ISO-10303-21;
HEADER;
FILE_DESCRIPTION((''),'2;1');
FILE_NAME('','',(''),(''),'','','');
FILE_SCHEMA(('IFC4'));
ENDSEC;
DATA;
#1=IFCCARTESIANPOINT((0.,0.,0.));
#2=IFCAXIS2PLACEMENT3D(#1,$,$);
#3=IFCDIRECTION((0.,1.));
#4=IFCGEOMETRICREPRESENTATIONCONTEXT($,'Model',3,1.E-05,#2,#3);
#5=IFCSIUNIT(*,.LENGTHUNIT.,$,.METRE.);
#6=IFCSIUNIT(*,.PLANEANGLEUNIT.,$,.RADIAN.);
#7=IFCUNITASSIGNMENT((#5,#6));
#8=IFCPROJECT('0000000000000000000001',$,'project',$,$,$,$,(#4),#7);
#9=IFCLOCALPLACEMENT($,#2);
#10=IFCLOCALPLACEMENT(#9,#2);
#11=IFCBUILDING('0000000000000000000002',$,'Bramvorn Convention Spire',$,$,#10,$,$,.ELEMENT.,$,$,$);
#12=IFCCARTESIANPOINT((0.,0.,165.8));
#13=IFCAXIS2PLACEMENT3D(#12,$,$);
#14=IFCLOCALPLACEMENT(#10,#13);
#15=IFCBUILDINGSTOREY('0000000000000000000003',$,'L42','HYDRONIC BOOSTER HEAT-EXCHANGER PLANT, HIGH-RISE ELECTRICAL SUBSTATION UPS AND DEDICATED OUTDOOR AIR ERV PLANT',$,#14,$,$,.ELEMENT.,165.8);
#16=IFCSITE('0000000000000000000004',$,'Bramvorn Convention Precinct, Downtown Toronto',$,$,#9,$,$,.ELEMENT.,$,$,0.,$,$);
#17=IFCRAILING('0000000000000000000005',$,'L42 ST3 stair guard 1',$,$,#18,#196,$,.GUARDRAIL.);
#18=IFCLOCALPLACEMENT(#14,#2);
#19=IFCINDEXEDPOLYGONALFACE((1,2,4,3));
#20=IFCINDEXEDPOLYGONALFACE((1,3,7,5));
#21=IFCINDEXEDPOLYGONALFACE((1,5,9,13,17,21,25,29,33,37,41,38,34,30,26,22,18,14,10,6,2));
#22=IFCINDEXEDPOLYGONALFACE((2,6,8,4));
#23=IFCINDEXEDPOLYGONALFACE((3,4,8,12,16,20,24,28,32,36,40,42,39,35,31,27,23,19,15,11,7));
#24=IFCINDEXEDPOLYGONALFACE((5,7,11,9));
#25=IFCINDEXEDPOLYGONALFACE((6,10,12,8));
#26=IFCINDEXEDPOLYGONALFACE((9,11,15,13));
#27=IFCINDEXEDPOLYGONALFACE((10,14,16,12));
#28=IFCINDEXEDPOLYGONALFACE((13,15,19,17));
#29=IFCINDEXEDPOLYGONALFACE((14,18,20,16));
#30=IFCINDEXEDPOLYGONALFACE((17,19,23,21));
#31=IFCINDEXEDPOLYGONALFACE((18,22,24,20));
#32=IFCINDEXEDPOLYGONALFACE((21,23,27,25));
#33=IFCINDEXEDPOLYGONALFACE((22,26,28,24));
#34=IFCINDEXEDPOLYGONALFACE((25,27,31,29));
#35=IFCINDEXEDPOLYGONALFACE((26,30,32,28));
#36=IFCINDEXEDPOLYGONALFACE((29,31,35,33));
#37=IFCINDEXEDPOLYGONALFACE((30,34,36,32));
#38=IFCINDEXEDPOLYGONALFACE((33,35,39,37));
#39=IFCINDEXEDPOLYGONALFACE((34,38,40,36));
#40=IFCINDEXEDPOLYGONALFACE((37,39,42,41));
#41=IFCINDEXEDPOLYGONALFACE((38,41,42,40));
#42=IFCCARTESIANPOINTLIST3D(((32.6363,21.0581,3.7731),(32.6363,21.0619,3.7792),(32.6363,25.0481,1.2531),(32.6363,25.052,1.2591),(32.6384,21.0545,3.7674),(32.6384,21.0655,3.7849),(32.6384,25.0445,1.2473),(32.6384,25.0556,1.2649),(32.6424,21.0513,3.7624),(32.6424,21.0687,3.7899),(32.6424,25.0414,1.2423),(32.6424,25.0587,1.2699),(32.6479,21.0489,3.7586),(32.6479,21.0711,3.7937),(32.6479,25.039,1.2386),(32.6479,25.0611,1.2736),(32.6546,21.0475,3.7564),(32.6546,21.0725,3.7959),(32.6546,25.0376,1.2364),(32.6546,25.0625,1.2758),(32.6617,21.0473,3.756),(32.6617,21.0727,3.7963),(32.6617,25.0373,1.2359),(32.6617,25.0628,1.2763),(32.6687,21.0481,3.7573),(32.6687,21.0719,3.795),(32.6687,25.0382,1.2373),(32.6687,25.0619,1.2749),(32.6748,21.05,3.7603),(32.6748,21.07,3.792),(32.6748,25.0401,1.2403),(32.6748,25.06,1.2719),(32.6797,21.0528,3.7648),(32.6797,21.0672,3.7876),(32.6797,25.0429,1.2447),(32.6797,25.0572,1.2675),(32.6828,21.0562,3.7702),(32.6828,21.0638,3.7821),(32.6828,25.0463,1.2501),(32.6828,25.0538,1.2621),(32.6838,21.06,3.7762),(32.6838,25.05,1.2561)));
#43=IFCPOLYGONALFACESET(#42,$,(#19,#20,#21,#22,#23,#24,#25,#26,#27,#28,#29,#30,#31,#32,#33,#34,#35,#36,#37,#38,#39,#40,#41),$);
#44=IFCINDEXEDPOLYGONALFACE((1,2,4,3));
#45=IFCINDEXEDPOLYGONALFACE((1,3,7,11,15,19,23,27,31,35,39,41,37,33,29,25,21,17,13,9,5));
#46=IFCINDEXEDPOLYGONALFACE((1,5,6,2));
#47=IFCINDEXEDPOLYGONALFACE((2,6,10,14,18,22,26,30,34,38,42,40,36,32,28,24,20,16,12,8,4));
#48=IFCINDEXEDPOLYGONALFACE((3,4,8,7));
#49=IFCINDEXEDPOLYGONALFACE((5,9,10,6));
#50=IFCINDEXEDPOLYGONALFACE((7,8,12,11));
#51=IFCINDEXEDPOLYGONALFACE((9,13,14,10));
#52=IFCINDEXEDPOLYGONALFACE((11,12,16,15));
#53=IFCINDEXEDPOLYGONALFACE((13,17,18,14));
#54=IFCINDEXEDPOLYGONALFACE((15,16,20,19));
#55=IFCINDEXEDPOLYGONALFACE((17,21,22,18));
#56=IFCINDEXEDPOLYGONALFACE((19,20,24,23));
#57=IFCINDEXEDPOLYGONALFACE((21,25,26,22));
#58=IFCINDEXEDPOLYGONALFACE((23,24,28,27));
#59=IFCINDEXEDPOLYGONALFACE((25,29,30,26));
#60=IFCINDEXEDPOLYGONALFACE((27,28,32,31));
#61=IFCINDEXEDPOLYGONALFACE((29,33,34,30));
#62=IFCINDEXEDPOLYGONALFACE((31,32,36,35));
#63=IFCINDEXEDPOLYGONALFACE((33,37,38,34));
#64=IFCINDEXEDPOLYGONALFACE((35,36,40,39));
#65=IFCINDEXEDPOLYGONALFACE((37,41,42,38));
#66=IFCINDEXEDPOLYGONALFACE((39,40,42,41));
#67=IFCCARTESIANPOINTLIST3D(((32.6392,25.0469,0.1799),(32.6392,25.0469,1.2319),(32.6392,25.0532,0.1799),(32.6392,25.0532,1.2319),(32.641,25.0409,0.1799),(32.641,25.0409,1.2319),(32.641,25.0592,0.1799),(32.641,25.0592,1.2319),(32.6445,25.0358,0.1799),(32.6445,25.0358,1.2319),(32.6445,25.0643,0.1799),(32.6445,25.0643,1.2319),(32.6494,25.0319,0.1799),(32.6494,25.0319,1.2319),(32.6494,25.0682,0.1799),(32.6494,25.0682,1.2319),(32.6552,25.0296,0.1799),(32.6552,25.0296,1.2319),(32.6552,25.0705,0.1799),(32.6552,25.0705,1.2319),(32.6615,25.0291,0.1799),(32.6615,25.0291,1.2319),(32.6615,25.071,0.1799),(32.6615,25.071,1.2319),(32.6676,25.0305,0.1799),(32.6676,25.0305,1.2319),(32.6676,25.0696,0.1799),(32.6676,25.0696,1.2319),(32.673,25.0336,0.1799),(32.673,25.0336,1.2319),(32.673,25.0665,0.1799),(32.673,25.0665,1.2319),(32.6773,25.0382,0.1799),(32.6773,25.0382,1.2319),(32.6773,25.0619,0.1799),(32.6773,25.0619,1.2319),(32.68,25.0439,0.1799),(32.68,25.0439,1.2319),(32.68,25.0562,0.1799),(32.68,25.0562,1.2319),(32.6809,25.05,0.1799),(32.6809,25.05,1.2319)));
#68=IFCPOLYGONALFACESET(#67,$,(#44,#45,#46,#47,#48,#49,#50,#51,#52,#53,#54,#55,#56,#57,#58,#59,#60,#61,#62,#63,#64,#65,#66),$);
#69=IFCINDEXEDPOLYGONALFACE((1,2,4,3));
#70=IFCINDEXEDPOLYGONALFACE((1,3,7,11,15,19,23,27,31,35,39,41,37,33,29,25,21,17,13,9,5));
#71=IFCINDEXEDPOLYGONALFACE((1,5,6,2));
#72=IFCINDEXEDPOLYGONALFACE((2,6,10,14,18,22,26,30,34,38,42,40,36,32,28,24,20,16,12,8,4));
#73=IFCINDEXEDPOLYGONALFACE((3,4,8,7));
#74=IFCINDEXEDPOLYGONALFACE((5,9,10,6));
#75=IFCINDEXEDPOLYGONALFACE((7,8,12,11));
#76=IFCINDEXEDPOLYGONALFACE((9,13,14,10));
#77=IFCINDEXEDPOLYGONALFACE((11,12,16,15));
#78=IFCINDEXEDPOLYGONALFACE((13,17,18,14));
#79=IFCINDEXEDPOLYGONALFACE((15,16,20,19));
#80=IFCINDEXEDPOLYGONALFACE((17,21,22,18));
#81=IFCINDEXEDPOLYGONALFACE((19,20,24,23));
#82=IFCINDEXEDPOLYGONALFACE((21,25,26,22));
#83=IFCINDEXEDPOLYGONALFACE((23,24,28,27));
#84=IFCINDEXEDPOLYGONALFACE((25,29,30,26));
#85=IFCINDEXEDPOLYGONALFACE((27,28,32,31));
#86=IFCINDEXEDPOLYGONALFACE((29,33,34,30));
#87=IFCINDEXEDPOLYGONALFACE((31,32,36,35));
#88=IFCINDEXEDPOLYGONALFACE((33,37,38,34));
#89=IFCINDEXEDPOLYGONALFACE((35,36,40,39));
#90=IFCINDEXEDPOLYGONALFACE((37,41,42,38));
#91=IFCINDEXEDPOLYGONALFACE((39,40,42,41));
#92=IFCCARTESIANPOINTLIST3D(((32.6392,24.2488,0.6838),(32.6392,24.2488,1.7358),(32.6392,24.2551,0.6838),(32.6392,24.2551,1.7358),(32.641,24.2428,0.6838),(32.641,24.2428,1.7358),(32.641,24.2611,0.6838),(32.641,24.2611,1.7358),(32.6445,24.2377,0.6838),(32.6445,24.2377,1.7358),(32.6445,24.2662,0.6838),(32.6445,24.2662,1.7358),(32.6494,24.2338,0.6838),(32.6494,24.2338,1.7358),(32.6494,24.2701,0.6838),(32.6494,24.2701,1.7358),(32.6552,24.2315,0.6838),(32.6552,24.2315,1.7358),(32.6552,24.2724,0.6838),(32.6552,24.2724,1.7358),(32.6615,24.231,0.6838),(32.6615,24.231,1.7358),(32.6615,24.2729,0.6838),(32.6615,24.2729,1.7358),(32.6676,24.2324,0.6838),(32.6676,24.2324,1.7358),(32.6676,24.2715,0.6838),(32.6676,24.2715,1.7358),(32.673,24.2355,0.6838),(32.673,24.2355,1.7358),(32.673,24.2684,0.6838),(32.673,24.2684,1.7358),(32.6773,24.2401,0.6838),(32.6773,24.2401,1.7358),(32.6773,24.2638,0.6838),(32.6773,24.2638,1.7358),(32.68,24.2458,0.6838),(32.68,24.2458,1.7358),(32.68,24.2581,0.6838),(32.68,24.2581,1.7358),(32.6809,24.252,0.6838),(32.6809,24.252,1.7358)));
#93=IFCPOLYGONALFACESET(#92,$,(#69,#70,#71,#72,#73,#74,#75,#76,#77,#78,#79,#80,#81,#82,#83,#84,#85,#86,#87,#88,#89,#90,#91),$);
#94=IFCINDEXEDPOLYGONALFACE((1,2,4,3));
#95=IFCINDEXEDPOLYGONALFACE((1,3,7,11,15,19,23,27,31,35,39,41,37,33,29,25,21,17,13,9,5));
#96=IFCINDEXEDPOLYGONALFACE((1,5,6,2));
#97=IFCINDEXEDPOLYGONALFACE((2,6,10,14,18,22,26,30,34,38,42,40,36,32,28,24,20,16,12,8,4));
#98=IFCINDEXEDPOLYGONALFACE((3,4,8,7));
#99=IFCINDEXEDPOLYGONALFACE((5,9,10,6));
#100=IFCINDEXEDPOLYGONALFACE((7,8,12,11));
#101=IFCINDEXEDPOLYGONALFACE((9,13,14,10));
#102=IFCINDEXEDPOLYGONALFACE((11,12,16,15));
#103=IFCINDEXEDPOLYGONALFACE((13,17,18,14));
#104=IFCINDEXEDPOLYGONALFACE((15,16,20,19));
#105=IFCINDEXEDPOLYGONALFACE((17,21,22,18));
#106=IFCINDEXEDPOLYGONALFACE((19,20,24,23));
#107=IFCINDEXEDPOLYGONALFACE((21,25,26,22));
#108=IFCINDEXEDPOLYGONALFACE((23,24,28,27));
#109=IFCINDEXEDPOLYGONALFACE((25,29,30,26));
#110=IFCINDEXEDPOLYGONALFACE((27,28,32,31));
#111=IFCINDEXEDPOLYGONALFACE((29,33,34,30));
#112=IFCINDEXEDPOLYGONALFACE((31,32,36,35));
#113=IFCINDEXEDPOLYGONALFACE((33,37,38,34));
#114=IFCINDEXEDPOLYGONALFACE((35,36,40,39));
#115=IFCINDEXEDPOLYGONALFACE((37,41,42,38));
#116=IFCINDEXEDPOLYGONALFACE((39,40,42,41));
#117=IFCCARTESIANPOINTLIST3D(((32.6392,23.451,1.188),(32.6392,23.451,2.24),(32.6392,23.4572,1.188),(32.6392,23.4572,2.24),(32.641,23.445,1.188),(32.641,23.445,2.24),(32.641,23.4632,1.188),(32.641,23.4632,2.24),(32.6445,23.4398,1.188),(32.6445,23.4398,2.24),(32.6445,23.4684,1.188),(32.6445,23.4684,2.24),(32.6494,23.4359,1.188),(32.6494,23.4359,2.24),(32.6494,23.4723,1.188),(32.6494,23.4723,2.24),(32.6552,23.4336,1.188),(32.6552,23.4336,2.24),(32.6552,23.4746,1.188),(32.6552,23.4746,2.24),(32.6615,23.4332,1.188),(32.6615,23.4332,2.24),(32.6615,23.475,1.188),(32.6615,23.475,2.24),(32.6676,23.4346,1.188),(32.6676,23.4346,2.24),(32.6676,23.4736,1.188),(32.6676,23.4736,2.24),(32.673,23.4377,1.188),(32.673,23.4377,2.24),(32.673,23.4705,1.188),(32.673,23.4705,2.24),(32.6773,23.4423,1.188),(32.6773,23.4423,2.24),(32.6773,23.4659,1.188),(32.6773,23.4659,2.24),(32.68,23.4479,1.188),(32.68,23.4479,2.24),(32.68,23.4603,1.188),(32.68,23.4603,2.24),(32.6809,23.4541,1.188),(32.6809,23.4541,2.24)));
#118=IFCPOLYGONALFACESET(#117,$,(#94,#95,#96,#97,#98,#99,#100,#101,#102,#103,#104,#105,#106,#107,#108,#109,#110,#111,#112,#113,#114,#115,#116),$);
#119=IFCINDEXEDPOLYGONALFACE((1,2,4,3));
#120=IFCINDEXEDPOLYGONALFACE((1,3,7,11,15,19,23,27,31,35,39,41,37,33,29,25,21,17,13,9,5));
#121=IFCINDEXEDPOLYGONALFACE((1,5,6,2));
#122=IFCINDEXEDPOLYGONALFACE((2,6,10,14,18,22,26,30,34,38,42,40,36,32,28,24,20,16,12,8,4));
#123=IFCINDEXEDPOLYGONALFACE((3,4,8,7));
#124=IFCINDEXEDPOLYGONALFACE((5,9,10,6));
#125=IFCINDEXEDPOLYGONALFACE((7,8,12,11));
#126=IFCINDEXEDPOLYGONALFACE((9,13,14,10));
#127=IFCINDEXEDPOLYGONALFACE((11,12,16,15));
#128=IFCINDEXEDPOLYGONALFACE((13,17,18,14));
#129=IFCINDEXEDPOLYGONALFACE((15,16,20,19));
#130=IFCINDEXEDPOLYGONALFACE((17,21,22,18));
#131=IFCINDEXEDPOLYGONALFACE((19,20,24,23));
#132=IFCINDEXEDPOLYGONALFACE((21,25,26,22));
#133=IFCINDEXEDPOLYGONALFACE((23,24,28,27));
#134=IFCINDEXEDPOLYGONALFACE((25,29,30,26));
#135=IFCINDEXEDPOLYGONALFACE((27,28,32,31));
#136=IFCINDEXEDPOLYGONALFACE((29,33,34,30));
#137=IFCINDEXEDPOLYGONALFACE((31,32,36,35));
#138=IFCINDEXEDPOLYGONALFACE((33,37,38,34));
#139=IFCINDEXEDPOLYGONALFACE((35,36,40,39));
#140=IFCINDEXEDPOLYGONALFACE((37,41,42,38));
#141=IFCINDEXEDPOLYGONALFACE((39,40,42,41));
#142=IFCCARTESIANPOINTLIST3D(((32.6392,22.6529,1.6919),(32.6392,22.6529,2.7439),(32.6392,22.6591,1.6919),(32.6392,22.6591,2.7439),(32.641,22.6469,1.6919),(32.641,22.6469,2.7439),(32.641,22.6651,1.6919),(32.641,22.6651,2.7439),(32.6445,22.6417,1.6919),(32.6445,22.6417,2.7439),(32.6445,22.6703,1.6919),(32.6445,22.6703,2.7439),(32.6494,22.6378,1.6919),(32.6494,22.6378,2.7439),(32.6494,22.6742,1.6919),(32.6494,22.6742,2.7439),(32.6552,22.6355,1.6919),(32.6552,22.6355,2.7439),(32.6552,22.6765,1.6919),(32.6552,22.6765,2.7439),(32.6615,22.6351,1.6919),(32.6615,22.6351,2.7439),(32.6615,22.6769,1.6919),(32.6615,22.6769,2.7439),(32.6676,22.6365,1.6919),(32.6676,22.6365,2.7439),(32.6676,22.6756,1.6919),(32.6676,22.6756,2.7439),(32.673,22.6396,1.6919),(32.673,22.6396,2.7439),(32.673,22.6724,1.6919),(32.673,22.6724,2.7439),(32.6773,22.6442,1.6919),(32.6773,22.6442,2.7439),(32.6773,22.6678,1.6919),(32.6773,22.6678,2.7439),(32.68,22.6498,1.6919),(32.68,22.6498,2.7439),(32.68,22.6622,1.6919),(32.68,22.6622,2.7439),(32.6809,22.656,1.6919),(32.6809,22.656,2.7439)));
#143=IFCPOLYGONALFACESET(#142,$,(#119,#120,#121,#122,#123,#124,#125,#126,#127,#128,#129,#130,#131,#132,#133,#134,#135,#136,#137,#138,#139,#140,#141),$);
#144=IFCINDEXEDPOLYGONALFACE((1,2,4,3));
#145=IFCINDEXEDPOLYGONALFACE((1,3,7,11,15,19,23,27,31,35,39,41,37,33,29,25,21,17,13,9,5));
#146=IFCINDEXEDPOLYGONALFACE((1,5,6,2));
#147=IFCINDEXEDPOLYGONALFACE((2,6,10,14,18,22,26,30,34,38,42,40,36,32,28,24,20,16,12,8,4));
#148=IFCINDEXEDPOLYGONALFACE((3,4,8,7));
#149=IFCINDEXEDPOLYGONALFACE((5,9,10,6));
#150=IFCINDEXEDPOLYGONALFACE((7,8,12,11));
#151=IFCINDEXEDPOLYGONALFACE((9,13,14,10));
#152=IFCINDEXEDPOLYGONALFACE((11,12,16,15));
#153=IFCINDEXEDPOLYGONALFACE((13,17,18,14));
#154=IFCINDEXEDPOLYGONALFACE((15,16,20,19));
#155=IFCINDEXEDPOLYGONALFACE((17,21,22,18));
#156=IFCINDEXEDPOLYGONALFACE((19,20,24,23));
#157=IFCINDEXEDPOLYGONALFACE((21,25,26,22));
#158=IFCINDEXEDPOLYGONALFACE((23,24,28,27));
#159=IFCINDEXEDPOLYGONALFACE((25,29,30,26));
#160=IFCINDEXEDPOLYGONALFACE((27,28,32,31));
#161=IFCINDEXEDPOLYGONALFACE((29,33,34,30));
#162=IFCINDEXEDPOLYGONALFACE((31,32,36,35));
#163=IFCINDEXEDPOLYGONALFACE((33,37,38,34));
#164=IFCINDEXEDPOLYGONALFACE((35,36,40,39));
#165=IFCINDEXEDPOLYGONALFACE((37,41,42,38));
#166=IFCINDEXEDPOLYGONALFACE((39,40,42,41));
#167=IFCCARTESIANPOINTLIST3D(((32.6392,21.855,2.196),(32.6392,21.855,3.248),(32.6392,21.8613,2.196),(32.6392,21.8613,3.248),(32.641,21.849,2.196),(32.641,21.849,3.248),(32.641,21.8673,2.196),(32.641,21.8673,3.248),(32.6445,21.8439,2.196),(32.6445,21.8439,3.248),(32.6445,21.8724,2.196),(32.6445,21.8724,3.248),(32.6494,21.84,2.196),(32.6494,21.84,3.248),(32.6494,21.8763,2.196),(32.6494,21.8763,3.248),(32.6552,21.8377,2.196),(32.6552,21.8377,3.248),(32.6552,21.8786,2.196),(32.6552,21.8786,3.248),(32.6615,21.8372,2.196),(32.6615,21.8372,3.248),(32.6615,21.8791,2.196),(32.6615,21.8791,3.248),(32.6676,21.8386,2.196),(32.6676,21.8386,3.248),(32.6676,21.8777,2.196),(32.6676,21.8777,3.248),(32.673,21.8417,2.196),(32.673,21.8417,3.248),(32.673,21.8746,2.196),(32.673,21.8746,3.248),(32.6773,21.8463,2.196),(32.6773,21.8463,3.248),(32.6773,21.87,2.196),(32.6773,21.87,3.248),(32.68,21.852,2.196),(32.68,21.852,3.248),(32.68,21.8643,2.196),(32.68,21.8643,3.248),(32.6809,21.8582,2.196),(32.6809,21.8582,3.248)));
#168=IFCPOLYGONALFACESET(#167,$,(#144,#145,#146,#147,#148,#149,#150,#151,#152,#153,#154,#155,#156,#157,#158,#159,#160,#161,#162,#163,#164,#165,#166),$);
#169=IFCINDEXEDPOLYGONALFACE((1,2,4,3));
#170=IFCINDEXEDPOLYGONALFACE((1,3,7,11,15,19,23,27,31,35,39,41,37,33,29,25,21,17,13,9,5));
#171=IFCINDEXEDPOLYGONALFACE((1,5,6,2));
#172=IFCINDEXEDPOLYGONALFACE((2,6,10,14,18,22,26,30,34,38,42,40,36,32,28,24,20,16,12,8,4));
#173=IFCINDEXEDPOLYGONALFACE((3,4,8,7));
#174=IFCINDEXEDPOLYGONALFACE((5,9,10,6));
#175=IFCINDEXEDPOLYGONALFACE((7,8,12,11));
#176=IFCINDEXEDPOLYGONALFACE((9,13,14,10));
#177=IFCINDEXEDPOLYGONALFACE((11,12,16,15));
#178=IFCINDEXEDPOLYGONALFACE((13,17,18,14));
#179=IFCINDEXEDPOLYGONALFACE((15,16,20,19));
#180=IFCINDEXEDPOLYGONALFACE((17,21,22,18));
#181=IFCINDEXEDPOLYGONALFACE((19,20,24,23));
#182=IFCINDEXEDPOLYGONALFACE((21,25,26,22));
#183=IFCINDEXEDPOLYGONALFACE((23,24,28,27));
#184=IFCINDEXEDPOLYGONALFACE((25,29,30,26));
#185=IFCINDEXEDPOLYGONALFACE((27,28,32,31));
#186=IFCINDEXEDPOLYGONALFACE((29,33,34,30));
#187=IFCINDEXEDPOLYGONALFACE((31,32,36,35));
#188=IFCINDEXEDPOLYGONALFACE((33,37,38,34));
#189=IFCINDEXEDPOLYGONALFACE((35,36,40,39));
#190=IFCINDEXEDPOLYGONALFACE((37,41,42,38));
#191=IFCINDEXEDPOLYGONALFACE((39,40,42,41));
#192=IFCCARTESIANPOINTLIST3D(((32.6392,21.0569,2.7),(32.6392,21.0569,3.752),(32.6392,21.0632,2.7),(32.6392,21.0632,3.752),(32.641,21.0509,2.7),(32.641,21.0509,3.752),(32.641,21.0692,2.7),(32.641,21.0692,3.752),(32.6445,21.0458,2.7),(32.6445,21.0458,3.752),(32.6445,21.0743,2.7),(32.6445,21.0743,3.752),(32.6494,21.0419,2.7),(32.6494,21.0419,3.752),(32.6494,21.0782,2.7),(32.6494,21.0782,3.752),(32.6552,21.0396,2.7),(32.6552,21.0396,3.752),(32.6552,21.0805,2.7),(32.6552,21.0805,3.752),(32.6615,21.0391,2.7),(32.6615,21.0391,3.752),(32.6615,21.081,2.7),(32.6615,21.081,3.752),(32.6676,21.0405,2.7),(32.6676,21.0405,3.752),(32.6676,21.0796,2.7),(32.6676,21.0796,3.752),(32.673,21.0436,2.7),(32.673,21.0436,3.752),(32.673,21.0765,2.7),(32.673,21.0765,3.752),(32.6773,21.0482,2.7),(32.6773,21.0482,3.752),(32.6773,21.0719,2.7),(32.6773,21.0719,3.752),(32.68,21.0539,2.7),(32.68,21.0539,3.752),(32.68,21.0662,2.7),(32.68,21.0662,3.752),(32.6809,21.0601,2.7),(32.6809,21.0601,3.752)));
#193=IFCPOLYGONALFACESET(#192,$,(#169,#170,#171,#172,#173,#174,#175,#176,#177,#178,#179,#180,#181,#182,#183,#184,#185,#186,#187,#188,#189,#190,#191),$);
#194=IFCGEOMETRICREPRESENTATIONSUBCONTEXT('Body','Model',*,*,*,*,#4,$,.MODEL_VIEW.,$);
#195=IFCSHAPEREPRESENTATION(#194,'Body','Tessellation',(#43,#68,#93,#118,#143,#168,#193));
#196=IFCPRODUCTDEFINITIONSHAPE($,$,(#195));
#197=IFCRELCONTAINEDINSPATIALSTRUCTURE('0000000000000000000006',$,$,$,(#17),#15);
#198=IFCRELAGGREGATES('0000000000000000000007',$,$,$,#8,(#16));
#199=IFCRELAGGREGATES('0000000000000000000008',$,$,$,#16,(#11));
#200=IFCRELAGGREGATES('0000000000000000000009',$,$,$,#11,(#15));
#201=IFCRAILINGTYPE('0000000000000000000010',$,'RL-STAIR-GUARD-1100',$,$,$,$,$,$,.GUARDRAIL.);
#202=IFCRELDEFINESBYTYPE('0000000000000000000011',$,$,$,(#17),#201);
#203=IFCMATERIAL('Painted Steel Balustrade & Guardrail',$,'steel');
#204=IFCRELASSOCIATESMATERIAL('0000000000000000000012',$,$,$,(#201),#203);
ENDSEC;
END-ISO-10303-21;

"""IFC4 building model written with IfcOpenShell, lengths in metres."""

from ifc_helpers import new_model, si_unit, direction, frame, origin, origin_2d, place, context, subcontext, project, spatial, circle, extrude, material, type_object, element, save


model = new_model("IFC4")

# Units and contexts
model_context = context("Model", 3, precision=1e-05, world=origin(), true_north=direction((0.0, 1.0)))
body_context = subcontext(model_context, "Body", "Model", "MODEL_VIEW")
ifc_project = project(units=[si_unit("LENGTHUNIT", "METRE"), si_unit("PLANEANGLEUNIT", "RADIAN")], contexts=[model_context])

# Site, building, storey
site_placement = place(None, origin())
site = spatial("IfcSite", under=ifc_project, at=site_placement, Name="Bramvorn Convention Precinct, Downtown Toronto", CompositionType="ELEMENT", RefElevation=0.0)
building_placement = place(site_placement, origin())
building = spatial("IfcBuilding", under=site, at=building_placement, Name="Bramvorn Convention Spire", CompositionType="ELEMENT")
storey_placement = place(building_placement, frame((0.0, 0.0, 165.8)))
storey = spatial("IfcBuildingStorey", under=building, at=storey_placement, Name="L42", Description="HYDRONIC BOOSTER HEAT-EXCHANGER PLANT, HIGH-RISE ELECTRICAL SUBSTATION UPS AND DEDICATED OUTDOOR AIR ERV PLANT", CompositionType="ELEMENT", Elevation=165.8)

# Railing
ifc_material_1 = material(Name="Painted Steel Balustrade & Guardrail", Category="steel")
railing_type_1 = type_object("IfcRailingType", Name="RL-STAIR-GUARD-1100", PredefinedType="GUARDRAIL", material=ifc_material_1)
railing_1_placement = place(storey_placement, frame((32.6599, 25.05, 0.1799)))
element("IfcRailing", 1, at=railing_1_placement, inside=storey, type_object=railing_type_1, Name="L42 ST3 stair guard 1", PredefinedType="GUARDRAIL", context=body_context, shape_type="SweptSolid", body=[
    extrude(circle(Radius=0.0239, at=origin_2d()), frame((0.0, 0.0, 1.0762), z_axis=(0.0, -0.845486, 0.533997), x_axis=(1.0, 0.0, 0.0)), (0.0, 0.0, 1.0), 4.7192),
    extrude(circle(Radius=0.021, at=origin_2d()), origin(), (0.0, 0.0, 1.0), 1.052),
    extrude(circle(Radius=0.021, at=origin_2d()), frame((0.0, -0.7981, 0.5039)), (0.0, 0.0, 1.0), 1.052),
    extrude(circle(Radius=0.021, at=origin_2d()), frame((0.0, -1.5959, 1.0081)), (0.0, 0.0, 1.0), 1.052),
    extrude(circle(Radius=0.021, at=origin_2d()), frame((0.0, -2.394, 1.512)), (0.0, 0.0, 1.0), 1.052),
    extrude(circle(Radius=0.021, at=origin_2d()), frame((0.0, -3.1919, 2.0161)), (0.0, 0.0, 1.0), 1.052),
    extrude(circle(Radius=0.021, at=origin_2d()), frame((0.0, -3.99, 2.52)), (0.0, 0.0, 1.0), 1.052),
])

save(model, "model.ifc")
